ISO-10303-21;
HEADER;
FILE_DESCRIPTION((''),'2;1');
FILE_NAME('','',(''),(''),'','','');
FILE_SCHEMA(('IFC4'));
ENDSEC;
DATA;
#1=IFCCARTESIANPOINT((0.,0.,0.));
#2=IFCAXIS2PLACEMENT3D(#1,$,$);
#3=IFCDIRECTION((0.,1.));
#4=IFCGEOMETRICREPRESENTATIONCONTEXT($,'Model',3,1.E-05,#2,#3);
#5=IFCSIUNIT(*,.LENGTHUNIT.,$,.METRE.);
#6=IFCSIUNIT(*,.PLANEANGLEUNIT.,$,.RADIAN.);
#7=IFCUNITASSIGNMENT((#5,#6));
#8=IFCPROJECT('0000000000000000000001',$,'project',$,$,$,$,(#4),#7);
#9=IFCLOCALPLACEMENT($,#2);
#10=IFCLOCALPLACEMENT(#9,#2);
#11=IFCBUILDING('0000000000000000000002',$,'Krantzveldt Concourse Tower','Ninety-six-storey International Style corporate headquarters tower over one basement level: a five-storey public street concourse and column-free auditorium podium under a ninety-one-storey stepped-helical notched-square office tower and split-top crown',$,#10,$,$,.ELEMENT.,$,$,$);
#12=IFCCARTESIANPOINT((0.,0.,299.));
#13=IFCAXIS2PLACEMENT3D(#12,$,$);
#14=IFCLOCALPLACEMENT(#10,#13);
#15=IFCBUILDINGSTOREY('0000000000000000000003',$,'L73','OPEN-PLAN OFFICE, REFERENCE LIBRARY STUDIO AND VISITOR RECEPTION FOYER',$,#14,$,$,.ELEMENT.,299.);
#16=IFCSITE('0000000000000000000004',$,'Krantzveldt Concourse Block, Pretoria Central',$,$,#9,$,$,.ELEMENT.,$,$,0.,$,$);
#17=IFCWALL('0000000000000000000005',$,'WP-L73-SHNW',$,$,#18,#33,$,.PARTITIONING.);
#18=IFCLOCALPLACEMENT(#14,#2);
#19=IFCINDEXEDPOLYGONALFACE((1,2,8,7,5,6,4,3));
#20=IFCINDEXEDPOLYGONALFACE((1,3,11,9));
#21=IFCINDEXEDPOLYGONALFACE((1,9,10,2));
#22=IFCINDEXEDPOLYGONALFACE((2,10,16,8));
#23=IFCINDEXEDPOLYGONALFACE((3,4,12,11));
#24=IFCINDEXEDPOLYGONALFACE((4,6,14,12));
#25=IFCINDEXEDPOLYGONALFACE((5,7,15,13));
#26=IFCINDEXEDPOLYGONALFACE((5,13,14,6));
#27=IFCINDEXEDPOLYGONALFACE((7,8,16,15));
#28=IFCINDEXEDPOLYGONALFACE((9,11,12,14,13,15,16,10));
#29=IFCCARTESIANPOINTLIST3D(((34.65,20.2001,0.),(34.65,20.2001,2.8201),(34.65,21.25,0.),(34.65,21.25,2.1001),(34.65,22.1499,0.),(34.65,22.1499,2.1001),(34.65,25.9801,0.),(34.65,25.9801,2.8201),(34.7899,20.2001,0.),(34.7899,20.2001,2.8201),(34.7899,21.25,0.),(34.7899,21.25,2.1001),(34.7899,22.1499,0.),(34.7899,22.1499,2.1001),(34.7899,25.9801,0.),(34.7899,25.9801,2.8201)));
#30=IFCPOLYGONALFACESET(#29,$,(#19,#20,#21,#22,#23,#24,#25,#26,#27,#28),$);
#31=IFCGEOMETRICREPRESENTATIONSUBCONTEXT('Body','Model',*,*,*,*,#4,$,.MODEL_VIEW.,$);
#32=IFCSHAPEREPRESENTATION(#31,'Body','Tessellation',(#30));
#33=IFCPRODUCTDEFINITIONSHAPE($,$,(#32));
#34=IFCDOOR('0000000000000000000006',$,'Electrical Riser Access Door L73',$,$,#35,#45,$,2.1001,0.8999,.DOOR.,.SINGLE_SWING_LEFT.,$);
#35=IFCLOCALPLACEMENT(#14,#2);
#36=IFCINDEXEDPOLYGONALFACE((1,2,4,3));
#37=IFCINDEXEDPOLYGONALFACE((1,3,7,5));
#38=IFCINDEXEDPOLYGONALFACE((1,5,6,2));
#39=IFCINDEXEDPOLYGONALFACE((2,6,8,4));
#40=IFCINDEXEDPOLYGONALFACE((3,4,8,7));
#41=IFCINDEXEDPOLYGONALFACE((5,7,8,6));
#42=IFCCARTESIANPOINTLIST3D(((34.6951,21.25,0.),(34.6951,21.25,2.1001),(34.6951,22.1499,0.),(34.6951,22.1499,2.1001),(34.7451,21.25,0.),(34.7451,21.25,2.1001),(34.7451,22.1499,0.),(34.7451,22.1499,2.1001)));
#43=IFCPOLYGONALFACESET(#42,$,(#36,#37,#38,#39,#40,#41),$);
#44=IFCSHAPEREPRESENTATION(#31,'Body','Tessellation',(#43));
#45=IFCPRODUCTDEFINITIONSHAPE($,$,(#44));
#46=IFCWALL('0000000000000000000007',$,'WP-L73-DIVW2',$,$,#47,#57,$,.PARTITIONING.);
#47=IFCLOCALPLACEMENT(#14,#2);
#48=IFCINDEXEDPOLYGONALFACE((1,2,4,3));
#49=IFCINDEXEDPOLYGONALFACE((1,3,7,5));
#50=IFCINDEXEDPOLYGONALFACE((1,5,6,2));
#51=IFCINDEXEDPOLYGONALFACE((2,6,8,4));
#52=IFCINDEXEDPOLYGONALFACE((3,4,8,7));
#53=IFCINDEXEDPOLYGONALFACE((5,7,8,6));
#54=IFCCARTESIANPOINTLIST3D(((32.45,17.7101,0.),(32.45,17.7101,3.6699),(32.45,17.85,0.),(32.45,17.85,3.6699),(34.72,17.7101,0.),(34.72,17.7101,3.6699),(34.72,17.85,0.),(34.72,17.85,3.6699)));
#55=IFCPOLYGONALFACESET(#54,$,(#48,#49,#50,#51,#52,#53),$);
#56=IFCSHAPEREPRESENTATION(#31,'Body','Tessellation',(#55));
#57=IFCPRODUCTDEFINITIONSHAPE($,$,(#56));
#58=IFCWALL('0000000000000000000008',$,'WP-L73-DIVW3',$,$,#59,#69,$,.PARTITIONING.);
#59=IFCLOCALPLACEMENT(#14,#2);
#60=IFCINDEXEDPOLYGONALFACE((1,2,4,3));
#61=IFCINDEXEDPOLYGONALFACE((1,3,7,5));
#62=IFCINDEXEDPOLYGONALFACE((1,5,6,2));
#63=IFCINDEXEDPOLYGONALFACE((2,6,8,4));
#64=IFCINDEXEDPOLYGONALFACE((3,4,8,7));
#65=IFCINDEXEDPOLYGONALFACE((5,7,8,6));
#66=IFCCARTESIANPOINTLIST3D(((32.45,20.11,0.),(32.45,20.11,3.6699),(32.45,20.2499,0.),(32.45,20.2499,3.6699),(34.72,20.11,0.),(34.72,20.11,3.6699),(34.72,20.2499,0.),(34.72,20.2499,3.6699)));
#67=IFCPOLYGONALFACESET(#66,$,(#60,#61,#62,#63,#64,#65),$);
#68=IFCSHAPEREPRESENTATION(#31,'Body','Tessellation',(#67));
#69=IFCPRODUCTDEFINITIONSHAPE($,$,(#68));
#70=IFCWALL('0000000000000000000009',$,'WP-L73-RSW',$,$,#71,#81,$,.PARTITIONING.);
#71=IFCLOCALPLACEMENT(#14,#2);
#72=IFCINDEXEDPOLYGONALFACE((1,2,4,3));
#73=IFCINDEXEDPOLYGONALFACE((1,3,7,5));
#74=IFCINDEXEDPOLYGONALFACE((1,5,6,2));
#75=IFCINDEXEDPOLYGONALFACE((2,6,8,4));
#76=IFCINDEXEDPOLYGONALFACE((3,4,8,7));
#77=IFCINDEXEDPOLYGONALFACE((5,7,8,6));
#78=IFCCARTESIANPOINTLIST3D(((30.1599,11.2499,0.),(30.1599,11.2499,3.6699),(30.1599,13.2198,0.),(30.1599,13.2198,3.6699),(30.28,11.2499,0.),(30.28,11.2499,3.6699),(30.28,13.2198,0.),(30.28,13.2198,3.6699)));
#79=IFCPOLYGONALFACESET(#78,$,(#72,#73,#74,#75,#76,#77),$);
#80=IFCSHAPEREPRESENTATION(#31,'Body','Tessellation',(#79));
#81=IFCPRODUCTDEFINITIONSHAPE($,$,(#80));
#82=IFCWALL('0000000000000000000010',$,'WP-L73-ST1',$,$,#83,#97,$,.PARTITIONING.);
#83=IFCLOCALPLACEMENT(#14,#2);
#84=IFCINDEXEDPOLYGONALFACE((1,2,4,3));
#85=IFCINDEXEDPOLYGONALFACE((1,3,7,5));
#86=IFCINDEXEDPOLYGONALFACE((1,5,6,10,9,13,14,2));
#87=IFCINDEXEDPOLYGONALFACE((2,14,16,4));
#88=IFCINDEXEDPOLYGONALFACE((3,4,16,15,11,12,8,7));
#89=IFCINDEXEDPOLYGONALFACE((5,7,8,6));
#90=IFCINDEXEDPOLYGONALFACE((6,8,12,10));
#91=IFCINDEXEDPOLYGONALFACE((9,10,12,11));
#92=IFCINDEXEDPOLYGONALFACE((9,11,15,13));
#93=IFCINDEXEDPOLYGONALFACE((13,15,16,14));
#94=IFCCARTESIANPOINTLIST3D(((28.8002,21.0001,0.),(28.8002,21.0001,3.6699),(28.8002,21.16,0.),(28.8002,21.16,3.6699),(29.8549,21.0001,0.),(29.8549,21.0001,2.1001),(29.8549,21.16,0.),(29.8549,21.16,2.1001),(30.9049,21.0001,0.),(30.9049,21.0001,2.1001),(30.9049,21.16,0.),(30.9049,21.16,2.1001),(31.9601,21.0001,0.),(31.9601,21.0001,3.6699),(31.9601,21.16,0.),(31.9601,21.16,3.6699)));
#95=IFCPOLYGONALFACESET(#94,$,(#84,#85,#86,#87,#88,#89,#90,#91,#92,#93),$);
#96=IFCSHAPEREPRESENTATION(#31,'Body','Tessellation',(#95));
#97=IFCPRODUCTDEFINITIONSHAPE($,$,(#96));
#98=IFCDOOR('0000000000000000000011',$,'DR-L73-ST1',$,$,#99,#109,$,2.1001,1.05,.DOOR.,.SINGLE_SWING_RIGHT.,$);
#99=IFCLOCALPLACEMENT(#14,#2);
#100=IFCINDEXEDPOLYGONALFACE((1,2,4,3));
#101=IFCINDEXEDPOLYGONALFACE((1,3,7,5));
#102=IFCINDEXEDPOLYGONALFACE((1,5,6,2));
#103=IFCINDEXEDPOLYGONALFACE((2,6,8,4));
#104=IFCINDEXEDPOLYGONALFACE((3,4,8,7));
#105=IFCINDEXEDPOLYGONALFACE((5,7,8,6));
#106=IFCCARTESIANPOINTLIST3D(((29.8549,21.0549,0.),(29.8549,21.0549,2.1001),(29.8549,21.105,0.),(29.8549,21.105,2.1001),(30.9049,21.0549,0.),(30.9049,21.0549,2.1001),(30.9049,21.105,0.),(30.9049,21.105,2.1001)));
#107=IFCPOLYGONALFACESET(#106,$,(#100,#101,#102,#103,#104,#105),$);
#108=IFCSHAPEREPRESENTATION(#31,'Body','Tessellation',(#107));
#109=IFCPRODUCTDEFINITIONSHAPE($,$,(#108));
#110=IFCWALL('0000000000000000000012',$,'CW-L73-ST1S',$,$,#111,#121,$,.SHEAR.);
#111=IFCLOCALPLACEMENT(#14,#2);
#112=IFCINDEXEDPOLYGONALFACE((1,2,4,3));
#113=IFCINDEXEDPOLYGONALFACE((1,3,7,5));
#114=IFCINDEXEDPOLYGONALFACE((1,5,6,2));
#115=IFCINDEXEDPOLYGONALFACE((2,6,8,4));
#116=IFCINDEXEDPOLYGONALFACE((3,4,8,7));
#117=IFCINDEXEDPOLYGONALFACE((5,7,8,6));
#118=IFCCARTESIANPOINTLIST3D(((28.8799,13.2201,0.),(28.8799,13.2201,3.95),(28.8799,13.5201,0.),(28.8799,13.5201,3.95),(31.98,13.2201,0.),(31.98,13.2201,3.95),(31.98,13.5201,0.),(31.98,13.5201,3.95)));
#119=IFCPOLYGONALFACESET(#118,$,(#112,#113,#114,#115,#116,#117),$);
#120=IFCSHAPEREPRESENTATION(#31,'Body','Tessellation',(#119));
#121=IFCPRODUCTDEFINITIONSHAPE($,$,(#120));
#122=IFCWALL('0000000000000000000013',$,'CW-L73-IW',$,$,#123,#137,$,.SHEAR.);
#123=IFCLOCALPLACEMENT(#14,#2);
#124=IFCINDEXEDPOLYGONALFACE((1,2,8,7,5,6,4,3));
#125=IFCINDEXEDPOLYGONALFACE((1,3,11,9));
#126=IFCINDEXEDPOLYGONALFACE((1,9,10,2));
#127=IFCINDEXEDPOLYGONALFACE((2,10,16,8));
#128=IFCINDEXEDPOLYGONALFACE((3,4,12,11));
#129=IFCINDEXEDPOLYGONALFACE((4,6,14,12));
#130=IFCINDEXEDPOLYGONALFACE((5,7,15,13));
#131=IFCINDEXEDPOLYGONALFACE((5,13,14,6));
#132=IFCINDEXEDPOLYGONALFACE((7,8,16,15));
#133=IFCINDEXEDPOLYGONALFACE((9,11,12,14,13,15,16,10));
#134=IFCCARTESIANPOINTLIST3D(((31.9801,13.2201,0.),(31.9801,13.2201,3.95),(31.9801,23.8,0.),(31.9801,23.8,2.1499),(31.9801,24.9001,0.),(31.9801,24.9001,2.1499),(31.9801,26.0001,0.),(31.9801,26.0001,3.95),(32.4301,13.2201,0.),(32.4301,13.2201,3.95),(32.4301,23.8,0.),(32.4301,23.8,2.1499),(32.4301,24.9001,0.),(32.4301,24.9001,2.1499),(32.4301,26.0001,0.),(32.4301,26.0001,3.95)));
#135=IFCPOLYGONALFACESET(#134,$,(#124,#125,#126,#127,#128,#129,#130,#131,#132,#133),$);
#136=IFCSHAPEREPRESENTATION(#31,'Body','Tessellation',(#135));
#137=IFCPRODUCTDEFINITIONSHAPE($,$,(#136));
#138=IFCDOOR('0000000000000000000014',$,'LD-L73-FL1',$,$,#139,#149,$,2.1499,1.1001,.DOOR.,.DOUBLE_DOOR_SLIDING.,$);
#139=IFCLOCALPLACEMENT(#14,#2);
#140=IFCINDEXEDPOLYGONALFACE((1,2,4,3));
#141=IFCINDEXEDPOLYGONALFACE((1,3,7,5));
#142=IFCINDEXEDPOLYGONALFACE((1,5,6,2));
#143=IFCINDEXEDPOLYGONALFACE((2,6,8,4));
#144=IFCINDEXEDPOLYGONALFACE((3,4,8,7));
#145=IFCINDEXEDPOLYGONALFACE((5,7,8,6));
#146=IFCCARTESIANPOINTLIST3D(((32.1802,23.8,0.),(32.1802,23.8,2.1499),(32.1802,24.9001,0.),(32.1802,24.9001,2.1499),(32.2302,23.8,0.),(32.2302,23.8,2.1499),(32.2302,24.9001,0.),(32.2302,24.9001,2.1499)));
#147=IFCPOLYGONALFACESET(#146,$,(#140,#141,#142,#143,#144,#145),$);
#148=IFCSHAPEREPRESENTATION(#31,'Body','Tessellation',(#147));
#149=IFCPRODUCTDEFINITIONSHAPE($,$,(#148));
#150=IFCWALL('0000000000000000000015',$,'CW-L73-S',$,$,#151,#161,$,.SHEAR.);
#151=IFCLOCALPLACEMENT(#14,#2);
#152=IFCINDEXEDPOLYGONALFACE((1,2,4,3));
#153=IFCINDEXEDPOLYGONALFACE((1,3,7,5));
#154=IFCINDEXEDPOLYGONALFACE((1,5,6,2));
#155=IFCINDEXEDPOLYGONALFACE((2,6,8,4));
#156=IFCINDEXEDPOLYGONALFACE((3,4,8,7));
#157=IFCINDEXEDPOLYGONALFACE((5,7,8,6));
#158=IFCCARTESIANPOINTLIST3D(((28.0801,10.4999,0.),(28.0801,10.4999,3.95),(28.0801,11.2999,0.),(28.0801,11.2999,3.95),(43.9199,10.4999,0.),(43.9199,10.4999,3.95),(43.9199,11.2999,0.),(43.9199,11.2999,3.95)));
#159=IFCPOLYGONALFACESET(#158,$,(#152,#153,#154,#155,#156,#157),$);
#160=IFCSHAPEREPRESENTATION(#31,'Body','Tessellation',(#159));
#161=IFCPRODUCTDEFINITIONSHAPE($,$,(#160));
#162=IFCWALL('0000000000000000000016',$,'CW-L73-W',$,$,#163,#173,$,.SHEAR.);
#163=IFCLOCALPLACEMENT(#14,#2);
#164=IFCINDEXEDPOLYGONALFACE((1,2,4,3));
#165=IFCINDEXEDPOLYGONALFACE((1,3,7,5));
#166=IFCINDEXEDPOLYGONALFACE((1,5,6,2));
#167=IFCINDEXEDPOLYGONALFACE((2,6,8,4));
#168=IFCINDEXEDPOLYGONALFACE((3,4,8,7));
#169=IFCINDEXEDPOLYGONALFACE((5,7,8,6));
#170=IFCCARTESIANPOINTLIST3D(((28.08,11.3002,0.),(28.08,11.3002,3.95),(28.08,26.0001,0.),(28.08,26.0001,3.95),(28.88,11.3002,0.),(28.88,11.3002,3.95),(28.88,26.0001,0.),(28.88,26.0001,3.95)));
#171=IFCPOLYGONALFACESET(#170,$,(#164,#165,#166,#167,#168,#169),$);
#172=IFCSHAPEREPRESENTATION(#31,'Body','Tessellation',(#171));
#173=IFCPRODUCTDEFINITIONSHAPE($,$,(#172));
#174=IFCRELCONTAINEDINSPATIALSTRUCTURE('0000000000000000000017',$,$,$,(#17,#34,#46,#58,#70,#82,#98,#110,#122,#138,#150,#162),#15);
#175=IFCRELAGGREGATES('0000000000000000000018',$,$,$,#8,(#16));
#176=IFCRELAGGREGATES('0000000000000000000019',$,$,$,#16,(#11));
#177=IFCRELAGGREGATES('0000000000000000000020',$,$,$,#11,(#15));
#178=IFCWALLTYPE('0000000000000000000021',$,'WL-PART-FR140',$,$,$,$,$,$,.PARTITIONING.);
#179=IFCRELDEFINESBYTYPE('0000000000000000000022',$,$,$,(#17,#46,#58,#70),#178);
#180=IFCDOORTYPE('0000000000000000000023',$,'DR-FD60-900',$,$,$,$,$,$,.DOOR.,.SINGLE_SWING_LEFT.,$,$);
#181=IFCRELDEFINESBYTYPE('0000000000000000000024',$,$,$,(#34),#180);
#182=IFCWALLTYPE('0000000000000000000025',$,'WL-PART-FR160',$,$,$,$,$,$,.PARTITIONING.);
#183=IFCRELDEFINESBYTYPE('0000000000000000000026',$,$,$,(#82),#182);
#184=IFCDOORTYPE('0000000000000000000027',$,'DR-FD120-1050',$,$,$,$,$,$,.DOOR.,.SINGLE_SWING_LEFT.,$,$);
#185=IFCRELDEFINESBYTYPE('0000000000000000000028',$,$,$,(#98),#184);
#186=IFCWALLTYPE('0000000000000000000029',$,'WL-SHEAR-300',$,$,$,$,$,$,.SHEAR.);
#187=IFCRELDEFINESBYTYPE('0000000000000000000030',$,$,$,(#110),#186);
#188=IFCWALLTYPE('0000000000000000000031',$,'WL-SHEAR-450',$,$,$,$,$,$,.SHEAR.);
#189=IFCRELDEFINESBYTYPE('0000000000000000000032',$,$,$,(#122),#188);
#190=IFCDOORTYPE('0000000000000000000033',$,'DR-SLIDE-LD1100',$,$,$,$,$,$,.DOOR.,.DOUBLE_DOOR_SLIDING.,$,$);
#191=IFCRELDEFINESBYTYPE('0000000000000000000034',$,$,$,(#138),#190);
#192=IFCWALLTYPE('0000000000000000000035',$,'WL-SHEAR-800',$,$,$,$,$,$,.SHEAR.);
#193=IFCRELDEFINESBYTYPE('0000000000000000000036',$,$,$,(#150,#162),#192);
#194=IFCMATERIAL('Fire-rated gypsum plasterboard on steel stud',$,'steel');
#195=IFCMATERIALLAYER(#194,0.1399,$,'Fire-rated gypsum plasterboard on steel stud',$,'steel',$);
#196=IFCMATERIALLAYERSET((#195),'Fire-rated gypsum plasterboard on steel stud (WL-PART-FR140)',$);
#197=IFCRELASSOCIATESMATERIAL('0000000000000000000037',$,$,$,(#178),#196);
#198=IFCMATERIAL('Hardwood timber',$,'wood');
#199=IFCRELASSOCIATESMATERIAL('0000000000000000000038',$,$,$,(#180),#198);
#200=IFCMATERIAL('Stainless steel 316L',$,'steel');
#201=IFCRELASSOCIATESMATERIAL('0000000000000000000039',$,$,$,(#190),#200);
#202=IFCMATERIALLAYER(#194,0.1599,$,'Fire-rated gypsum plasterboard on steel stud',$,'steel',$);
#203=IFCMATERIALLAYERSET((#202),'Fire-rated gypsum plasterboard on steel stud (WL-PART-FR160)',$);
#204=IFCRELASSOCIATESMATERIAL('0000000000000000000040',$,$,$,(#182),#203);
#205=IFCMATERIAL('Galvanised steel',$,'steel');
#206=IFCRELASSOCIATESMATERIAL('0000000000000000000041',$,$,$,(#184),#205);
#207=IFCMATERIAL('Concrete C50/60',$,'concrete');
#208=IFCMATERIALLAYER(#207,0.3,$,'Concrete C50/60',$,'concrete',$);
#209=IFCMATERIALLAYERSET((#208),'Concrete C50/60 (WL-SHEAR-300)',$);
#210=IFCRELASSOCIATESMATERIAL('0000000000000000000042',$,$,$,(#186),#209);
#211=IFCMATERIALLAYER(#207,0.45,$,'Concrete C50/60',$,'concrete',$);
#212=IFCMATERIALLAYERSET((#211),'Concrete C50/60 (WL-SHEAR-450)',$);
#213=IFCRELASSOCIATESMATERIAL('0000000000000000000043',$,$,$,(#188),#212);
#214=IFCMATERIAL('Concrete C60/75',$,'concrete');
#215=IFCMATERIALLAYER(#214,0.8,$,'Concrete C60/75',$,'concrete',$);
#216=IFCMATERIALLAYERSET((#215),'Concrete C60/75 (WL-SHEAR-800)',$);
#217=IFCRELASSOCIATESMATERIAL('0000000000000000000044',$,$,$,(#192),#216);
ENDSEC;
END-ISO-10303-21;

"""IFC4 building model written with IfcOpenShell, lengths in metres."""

from ifc_helpers import new_model, si_unit, direction, frame, frame_2d, origin, place, context, subcontext, project, spatial, rectangle, extrude, material, layer, layer_set, type_object, element, fill, save


model = new_model("IFC4")

# Units and contexts
model_context = context("Model", 3, precision=1e-05, world=origin(), true_north=direction((0.0, 1.0)))
body_context = subcontext(model_context, "Body", "Model", "MODEL_VIEW")
ifc_project = project(units=[si_unit("LENGTHUNIT", "METRE"), si_unit("PLANEANGLEUNIT", "RADIAN")], contexts=[model_context])

# Site, building, storey
site_placement = place(None, origin())
site = spatial("IfcSite", under=ifc_project, at=site_placement, Name="Krantzveldt Concourse Block, Pretoria Central", CompositionType="ELEMENT", RefElevation=0.0)
building_placement = place(site_placement, origin())
building = spatial("IfcBuilding", under=site, at=building_placement, Name="Krantzveldt Concourse Tower", Description="Ninety-six-storey International Style corporate headquarters tower over one basement level: a five-storey public street concourse and column-free auditorium podium under a ninety-one-storey stepped-helical notched-square office tower and split-top crown", CompositionType="ELEMENT")
storey_placement = place(building_placement, frame((0.0, 0.0, 299.0)))
storey = spatial("IfcBuildingStorey", under=building, at=storey_placement, Name="L73", Description="OPEN-PLAN OFFICE, REFERENCE LIBRARY STUDIO AND VISITOR RECEPTION FOYER", CompositionType="ELEMENT", Elevation=299.0)

# Wall, opening, door
ifc_material_1 = material(Name="Fire-rated gypsum plasterboard on steel stud", Category="steel")
ifc_material_2 = material(Name="Hardwood timber", Category="wood")
ifc_layer_1 = layer(ifc_material_1, 0.1399, Name="Fire-rated gypsum plasterboard on steel stud", Category="steel")
ifc_layer_set_1 = layer_set([ifc_layer_1], Name="Fire-rated gypsum plasterboard on steel stud (WL-PART-FR140)")
wall_type_1 = type_object("IfcWallType", Name="WL-PART-FR140", PredefinedType="PARTITIONING", material=ifc_layer_set_1)
wall_1_placement = place(storey_placement, frame((34.72, 20.2, 0.0), z_axis=(0.0, 0.0, 1.0), x_axis=(0.0, 1.0, 0.0)))
wall_1 = element("IfcWall", 1, at=wall_1_placement, inside=storey, type_object=wall_type_1, Name="WP-L73-SHNW", PredefinedType="PARTITIONING", context=body_context, shape_type="SweptSolid", body=[
    extrude(rectangle(XDim=5.78, YDim=0.1399, at=frame_2d((2.8901, 0.0))), origin(), (0.0, 0.0, 1.0), 2.8201),
])
opening_1_placement = place(wall_1_placement, frame((1.05, 0.0, 0.0)))
opening_1 = element("IfcOpeningElement", 2, at=opening_1_placement, cuts=wall_1, PredefinedType="OPENING", context=body_context, shape_type="SweptSolid", body=[
    extrude(rectangle(XDim=0.8999, YDim=2.1001, at=frame_2d((0.45, 1.05))), frame((0.0, 0.0801, 0.0), z_axis=(0.0, -1.0, 0.0), x_axis=(1.0, 0.0, 0.0)), (0.0, 0.0, 1.0), 0.1599),
])
door_type_1 = type_object("IfcDoorType", Name="DR-FD60-900", OperationType="SINGLE_SWING_LEFT", PredefinedType="DOOR", material=ifc_material_2)
door_1_placement = place(opening_1_placement, origin())
door_1 = element("IfcDoor", 3, at=door_1_placement, inside=storey, type_object=door_type_1, Name="Electrical Riser Access Door L73", OperationType="SINGLE_SWING_LEFT", OverallHeight=2.1001, OverallWidth=0.8999, PredefinedType="DOOR", context=body_context, shape_type="SweptSolid", body=[
    extrude(rectangle(XDim=0.8999, YDim=2.1001, at=frame_2d((0.45, 1.05))), frame((0.0, 0.0249, 0.0), z_axis=(0.0, -1.0, 0.0), x_axis=(1.0, 0.0, 0.0)), (0.0, 0.0, 1.0), 0.05),
])
fill(opening_1, door_1)
ifc_material_3 = material(Name="Stainless steel 316L", Category="steel")
door_type_2 = type_object("IfcDoorType", Name="DR-SLIDE-LD1100", OperationType="DOUBLE_DOOR_SLIDING", PredefinedType="DOOR", material=ifc_material_3)

# Walls
for number, where, z_axis, x_axis, name in (
    (4, (32.45, 17.78, 0.0), (0.0, 0.0, 1.0), (1.0, 0.0, 0.0), "WP-L73-DIVW2"),
    (5, (32.45, 20.1799, 0.0), (0.0, 0.0, 1.0), (1.0, 0.0, 0.0), "WP-L73-DIVW3"),
):
    element("IfcWall", number, at=place(storey_placement, frame(where, z_axis=z_axis, x_axis=x_axis)), inside=storey, type_object=wall_type_1, Name=name, PredefinedType="PARTITIONING", context=body_context, shape_type="SweptSolid", body=[
        extrude(rectangle(XDim=2.27, YDim=0.1399, at=frame_2d((1.135, 0.0))), origin(), (0.0, 0.0, 1.0), 3.6699),
    ])
wall_2_placement = place(storey_placement, frame((30.22, 11.25, 0.0), z_axis=(0.0, 0.0, 1.0), x_axis=(0.0, 1.0, 0.0)))
element("IfcWall", 6, at=wall_2_placement, inside=storey, type_object=wall_type_1, Name="WP-L73-RSW", PredefinedType="PARTITIONING", context=body_context, shape_type="SweptSolid", body=[
    extrude(rectangle(XDim=1.97, YDim=0.1201, at=frame_2d((0.9849, 0.0))), origin(), (0.0, 0.0, 1.0), 3.6699),
])

# Wall, opening, door
ifc_layer_2 = layer(ifc_material_1, 0.1599, Name="Fire-rated gypsum plasterboard on steel stud", Category="steel")
ifc_layer_set_2 = layer_set([ifc_layer_2], Name="Fire-rated gypsum plasterboard on steel stud (WL-PART-FR160)")
wall_type_2 = type_object("IfcWallType", Name="WL-PART-FR160", PredefinedType="PARTITIONING", material=ifc_layer_set_2)
wall_3_placement = place(storey_placement, frame((28.8, 21.0801, 0.0), z_axis=(0.0, 0.0, 1.0), x_axis=(1.0, 0.0, 0.0)))
wall_3 = element("IfcWall", 7, at=wall_3_placement, inside=storey, type_object=wall_type_2, Name="WP-L73-ST1", PredefinedType="PARTITIONING", context=body_context, shape_type="SweptSolid", body=[
    extrude(rectangle(XDim=3.1599, YDim=0.1599, at=frame_2d((1.5801, 0.0))), origin(), (0.0, 0.0, 1.0), 3.6699),
])
opening_2_placement = place(wall_3_placement, frame((1.0549, 0.0, 0.0)))
opening_2 = element("IfcOpeningElement", 8, at=opening_2_placement, cuts=wall_3, PredefinedType="OPENING", context=body_context, shape_type="SweptSolid", body=[
    extrude(rectangle(XDim=1.05, YDim=2.1001, at=frame_2d((0.5249, 1.05))), frame((0.0, 0.0898, 0.0), z_axis=(0.0, -1.0, 0.0), x_axis=(1.0, 0.0, 0.0)), (0.0, 0.0, 1.0), 0.1799),
])
ifc_material_4 = material(Name="Galvanised steel", Category="steel")
door_type_3 = type_object("IfcDoorType", Name="DR-FD120-1050", OperationType="SINGLE_SWING_LEFT", PredefinedType="DOOR", material=ifc_material_4)
door_2_placement = place(opening_2_placement, origin())
door_2 = element("IfcDoor", 9, at=door_2_placement, inside=storey, type_object=door_type_3, Name="DR-L73-ST1", OperationType="SINGLE_SWING_RIGHT", OverallHeight=2.1001, OverallWidth=1.05, PredefinedType="DOOR", context=body_context, shape_type="SweptSolid", body=[
    extrude(rectangle(XDim=1.05, YDim=2.1001, at=frame_2d((0.5249, 1.05))), frame((0.0, 0.0249, 0.0), z_axis=(0.0, -1.0, 0.0), x_axis=(1.0, 0.0, 0.0)), (0.0, 0.0, 1.0), 0.05),
])
fill(opening_2, door_2)

# Wall
ifc_material_5 = material(Name="Concrete C50/60", Category="concrete")
ifc_layer_3 = layer(ifc_material_5, 0.3, Name="Concrete C50/60", Category="concrete")
ifc_layer_set_3 = layer_set([ifc_layer_3], Name="Concrete C50/60 (WL-SHEAR-300)")
wall_type_3 = type_object("IfcWallType", Name="WL-SHEAR-300", PredefinedType="SHEAR", material=ifc_layer_set_3)
wall_4_placement = place(storey_placement, frame((28.8799, 13.3701, 0.0), z_axis=(0.0, 0.0, 1.0), x_axis=(1.0, 0.0, 0.0)))
element("IfcWall", 10, at=wall_4_placement, inside=storey, type_object=wall_type_3, Name="CW-L73-ST1S", PredefinedType="SHEAR", context=body_context, shape_type="SweptSolid", body=[
    extrude(rectangle(XDim=3.1001, YDim=0.3, at=frame_2d((1.55, 0.0))), origin(), (0.0, 0.0, 1.0), 3.95),
])

# Wall, opening, door
ifc_layer_4 = layer(ifc_material_5, 0.45, Name="Concrete C50/60", Category="concrete")
ifc_layer_set_4 = layer_set([ifc_layer_4], Name="Concrete C50/60 (WL-SHEAR-450)")
wall_type_4 = type_object("IfcWallType", Name="WL-SHEAR-450", PredefinedType="SHEAR", material=ifc_layer_set_4)
wall_5_placement = place(storey_placement, frame((32.2051, 13.22, 0.0), z_axis=(0.0, 0.0, 1.0), x_axis=(0.0, 1.0, 0.0)))
wall_5 = element("IfcWall", 11, at=wall_5_placement, inside=storey, type_object=wall_type_4, Name="CW-L73-IW", PredefinedType="SHEAR", context=body_context, shape_type="SweptSolid", body=[
    extrude(rectangle(XDim=12.78, YDim=0.45, at=frame_2d((6.3901, 0.0))), origin(), (0.0, 0.0, 1.0), 3.95),
])
opening_3_placement = place(wall_5_placement, frame((10.5801, 0.0, 0.0)))
opening_3 = element("IfcOpeningElement", 12, at=opening_3_placement, cuts=wall_5, PredefinedType="OPENING", context=body_context, shape_type="SweptSolid", body=[
    extrude(rectangle(XDim=1.1001, YDim=2.1499, at=frame_2d((0.55, 1.075))), frame((0.0, 0.2349, 0.0), z_axis=(0.0, -1.0, 0.0), x_axis=(1.0, 0.0, 0.0)), (0.0, 0.0, 1.0), 0.47),
])
door_3_placement = place(opening_3_placement, origin())
door_3 = element("IfcDoor", 13, at=door_3_placement, inside=storey, type_object=door_type_2, Name="LD-L73-FL1", OperationType="DOUBLE_DOOR_SLIDING", OverallHeight=2.1499, OverallWidth=1.1001, PredefinedType="DOOR", context=body_context, shape_type="SweptSolid", body=[
    extrude(rectangle(XDim=1.1001, YDim=2.1499, at=frame_2d((0.55, 1.075))), frame((0.0, 0.0249, 0.0), z_axis=(0.0, -1.0, 0.0), x_axis=(1.0, 0.0, 0.0)), (0.0, 0.0, 1.0), 0.05),
])
fill(opening_3, door_3)

# Walls
ifc_material_6 = material(Name="Concrete C60/75", Category="concrete")
ifc_layer_5 = layer(ifc_material_6, 0.8, Name="Concrete C60/75", Category="concrete")
ifc_layer_set_5 = layer_set([ifc_layer_5], Name="Concrete C60/75 (WL-SHEAR-800)")
wall_type_5 = type_object("IfcWallType", Name="WL-SHEAR-800", PredefinedType="SHEAR", material=ifc_layer_set_5)
wall_6_placement = place(storey_placement, frame((28.0801, 10.8999, 0.0), z_axis=(0.0, 0.0, 1.0), x_axis=(1.0, 0.0, 0.0)))
element("IfcWall", 14, at=wall_6_placement, inside=storey, type_object=wall_type_5, Name="CW-L73-S", PredefinedType="SHEAR", context=body_context, shape_type="SweptSolid", body=[
    extrude(rectangle(XDim=15.8398, YDim=0.8, at=frame_2d((7.9199, 0.0))), origin(), (0.0, 0.0, 1.0), 3.95),
])
wall_7_placement = place(storey_placement, frame((28.48, 11.3, 0.0), z_axis=(0.0, 0.0, 1.0), x_axis=(0.0, 1.0, 0.0)))
element("IfcWall", 15, at=wall_7_placement, inside=storey, type_object=wall_type_5, Name="CW-L73-W", PredefinedType="SHEAR", context=body_context, shape_type="SweptSolid", body=[
    extrude(rectangle(XDim=14.7, YDim=0.8, at=frame_2d((7.3501, 0.0))), origin(), (0.0, 0.0, 1.0), 3.95),
])

save(model, "model.ifc")
